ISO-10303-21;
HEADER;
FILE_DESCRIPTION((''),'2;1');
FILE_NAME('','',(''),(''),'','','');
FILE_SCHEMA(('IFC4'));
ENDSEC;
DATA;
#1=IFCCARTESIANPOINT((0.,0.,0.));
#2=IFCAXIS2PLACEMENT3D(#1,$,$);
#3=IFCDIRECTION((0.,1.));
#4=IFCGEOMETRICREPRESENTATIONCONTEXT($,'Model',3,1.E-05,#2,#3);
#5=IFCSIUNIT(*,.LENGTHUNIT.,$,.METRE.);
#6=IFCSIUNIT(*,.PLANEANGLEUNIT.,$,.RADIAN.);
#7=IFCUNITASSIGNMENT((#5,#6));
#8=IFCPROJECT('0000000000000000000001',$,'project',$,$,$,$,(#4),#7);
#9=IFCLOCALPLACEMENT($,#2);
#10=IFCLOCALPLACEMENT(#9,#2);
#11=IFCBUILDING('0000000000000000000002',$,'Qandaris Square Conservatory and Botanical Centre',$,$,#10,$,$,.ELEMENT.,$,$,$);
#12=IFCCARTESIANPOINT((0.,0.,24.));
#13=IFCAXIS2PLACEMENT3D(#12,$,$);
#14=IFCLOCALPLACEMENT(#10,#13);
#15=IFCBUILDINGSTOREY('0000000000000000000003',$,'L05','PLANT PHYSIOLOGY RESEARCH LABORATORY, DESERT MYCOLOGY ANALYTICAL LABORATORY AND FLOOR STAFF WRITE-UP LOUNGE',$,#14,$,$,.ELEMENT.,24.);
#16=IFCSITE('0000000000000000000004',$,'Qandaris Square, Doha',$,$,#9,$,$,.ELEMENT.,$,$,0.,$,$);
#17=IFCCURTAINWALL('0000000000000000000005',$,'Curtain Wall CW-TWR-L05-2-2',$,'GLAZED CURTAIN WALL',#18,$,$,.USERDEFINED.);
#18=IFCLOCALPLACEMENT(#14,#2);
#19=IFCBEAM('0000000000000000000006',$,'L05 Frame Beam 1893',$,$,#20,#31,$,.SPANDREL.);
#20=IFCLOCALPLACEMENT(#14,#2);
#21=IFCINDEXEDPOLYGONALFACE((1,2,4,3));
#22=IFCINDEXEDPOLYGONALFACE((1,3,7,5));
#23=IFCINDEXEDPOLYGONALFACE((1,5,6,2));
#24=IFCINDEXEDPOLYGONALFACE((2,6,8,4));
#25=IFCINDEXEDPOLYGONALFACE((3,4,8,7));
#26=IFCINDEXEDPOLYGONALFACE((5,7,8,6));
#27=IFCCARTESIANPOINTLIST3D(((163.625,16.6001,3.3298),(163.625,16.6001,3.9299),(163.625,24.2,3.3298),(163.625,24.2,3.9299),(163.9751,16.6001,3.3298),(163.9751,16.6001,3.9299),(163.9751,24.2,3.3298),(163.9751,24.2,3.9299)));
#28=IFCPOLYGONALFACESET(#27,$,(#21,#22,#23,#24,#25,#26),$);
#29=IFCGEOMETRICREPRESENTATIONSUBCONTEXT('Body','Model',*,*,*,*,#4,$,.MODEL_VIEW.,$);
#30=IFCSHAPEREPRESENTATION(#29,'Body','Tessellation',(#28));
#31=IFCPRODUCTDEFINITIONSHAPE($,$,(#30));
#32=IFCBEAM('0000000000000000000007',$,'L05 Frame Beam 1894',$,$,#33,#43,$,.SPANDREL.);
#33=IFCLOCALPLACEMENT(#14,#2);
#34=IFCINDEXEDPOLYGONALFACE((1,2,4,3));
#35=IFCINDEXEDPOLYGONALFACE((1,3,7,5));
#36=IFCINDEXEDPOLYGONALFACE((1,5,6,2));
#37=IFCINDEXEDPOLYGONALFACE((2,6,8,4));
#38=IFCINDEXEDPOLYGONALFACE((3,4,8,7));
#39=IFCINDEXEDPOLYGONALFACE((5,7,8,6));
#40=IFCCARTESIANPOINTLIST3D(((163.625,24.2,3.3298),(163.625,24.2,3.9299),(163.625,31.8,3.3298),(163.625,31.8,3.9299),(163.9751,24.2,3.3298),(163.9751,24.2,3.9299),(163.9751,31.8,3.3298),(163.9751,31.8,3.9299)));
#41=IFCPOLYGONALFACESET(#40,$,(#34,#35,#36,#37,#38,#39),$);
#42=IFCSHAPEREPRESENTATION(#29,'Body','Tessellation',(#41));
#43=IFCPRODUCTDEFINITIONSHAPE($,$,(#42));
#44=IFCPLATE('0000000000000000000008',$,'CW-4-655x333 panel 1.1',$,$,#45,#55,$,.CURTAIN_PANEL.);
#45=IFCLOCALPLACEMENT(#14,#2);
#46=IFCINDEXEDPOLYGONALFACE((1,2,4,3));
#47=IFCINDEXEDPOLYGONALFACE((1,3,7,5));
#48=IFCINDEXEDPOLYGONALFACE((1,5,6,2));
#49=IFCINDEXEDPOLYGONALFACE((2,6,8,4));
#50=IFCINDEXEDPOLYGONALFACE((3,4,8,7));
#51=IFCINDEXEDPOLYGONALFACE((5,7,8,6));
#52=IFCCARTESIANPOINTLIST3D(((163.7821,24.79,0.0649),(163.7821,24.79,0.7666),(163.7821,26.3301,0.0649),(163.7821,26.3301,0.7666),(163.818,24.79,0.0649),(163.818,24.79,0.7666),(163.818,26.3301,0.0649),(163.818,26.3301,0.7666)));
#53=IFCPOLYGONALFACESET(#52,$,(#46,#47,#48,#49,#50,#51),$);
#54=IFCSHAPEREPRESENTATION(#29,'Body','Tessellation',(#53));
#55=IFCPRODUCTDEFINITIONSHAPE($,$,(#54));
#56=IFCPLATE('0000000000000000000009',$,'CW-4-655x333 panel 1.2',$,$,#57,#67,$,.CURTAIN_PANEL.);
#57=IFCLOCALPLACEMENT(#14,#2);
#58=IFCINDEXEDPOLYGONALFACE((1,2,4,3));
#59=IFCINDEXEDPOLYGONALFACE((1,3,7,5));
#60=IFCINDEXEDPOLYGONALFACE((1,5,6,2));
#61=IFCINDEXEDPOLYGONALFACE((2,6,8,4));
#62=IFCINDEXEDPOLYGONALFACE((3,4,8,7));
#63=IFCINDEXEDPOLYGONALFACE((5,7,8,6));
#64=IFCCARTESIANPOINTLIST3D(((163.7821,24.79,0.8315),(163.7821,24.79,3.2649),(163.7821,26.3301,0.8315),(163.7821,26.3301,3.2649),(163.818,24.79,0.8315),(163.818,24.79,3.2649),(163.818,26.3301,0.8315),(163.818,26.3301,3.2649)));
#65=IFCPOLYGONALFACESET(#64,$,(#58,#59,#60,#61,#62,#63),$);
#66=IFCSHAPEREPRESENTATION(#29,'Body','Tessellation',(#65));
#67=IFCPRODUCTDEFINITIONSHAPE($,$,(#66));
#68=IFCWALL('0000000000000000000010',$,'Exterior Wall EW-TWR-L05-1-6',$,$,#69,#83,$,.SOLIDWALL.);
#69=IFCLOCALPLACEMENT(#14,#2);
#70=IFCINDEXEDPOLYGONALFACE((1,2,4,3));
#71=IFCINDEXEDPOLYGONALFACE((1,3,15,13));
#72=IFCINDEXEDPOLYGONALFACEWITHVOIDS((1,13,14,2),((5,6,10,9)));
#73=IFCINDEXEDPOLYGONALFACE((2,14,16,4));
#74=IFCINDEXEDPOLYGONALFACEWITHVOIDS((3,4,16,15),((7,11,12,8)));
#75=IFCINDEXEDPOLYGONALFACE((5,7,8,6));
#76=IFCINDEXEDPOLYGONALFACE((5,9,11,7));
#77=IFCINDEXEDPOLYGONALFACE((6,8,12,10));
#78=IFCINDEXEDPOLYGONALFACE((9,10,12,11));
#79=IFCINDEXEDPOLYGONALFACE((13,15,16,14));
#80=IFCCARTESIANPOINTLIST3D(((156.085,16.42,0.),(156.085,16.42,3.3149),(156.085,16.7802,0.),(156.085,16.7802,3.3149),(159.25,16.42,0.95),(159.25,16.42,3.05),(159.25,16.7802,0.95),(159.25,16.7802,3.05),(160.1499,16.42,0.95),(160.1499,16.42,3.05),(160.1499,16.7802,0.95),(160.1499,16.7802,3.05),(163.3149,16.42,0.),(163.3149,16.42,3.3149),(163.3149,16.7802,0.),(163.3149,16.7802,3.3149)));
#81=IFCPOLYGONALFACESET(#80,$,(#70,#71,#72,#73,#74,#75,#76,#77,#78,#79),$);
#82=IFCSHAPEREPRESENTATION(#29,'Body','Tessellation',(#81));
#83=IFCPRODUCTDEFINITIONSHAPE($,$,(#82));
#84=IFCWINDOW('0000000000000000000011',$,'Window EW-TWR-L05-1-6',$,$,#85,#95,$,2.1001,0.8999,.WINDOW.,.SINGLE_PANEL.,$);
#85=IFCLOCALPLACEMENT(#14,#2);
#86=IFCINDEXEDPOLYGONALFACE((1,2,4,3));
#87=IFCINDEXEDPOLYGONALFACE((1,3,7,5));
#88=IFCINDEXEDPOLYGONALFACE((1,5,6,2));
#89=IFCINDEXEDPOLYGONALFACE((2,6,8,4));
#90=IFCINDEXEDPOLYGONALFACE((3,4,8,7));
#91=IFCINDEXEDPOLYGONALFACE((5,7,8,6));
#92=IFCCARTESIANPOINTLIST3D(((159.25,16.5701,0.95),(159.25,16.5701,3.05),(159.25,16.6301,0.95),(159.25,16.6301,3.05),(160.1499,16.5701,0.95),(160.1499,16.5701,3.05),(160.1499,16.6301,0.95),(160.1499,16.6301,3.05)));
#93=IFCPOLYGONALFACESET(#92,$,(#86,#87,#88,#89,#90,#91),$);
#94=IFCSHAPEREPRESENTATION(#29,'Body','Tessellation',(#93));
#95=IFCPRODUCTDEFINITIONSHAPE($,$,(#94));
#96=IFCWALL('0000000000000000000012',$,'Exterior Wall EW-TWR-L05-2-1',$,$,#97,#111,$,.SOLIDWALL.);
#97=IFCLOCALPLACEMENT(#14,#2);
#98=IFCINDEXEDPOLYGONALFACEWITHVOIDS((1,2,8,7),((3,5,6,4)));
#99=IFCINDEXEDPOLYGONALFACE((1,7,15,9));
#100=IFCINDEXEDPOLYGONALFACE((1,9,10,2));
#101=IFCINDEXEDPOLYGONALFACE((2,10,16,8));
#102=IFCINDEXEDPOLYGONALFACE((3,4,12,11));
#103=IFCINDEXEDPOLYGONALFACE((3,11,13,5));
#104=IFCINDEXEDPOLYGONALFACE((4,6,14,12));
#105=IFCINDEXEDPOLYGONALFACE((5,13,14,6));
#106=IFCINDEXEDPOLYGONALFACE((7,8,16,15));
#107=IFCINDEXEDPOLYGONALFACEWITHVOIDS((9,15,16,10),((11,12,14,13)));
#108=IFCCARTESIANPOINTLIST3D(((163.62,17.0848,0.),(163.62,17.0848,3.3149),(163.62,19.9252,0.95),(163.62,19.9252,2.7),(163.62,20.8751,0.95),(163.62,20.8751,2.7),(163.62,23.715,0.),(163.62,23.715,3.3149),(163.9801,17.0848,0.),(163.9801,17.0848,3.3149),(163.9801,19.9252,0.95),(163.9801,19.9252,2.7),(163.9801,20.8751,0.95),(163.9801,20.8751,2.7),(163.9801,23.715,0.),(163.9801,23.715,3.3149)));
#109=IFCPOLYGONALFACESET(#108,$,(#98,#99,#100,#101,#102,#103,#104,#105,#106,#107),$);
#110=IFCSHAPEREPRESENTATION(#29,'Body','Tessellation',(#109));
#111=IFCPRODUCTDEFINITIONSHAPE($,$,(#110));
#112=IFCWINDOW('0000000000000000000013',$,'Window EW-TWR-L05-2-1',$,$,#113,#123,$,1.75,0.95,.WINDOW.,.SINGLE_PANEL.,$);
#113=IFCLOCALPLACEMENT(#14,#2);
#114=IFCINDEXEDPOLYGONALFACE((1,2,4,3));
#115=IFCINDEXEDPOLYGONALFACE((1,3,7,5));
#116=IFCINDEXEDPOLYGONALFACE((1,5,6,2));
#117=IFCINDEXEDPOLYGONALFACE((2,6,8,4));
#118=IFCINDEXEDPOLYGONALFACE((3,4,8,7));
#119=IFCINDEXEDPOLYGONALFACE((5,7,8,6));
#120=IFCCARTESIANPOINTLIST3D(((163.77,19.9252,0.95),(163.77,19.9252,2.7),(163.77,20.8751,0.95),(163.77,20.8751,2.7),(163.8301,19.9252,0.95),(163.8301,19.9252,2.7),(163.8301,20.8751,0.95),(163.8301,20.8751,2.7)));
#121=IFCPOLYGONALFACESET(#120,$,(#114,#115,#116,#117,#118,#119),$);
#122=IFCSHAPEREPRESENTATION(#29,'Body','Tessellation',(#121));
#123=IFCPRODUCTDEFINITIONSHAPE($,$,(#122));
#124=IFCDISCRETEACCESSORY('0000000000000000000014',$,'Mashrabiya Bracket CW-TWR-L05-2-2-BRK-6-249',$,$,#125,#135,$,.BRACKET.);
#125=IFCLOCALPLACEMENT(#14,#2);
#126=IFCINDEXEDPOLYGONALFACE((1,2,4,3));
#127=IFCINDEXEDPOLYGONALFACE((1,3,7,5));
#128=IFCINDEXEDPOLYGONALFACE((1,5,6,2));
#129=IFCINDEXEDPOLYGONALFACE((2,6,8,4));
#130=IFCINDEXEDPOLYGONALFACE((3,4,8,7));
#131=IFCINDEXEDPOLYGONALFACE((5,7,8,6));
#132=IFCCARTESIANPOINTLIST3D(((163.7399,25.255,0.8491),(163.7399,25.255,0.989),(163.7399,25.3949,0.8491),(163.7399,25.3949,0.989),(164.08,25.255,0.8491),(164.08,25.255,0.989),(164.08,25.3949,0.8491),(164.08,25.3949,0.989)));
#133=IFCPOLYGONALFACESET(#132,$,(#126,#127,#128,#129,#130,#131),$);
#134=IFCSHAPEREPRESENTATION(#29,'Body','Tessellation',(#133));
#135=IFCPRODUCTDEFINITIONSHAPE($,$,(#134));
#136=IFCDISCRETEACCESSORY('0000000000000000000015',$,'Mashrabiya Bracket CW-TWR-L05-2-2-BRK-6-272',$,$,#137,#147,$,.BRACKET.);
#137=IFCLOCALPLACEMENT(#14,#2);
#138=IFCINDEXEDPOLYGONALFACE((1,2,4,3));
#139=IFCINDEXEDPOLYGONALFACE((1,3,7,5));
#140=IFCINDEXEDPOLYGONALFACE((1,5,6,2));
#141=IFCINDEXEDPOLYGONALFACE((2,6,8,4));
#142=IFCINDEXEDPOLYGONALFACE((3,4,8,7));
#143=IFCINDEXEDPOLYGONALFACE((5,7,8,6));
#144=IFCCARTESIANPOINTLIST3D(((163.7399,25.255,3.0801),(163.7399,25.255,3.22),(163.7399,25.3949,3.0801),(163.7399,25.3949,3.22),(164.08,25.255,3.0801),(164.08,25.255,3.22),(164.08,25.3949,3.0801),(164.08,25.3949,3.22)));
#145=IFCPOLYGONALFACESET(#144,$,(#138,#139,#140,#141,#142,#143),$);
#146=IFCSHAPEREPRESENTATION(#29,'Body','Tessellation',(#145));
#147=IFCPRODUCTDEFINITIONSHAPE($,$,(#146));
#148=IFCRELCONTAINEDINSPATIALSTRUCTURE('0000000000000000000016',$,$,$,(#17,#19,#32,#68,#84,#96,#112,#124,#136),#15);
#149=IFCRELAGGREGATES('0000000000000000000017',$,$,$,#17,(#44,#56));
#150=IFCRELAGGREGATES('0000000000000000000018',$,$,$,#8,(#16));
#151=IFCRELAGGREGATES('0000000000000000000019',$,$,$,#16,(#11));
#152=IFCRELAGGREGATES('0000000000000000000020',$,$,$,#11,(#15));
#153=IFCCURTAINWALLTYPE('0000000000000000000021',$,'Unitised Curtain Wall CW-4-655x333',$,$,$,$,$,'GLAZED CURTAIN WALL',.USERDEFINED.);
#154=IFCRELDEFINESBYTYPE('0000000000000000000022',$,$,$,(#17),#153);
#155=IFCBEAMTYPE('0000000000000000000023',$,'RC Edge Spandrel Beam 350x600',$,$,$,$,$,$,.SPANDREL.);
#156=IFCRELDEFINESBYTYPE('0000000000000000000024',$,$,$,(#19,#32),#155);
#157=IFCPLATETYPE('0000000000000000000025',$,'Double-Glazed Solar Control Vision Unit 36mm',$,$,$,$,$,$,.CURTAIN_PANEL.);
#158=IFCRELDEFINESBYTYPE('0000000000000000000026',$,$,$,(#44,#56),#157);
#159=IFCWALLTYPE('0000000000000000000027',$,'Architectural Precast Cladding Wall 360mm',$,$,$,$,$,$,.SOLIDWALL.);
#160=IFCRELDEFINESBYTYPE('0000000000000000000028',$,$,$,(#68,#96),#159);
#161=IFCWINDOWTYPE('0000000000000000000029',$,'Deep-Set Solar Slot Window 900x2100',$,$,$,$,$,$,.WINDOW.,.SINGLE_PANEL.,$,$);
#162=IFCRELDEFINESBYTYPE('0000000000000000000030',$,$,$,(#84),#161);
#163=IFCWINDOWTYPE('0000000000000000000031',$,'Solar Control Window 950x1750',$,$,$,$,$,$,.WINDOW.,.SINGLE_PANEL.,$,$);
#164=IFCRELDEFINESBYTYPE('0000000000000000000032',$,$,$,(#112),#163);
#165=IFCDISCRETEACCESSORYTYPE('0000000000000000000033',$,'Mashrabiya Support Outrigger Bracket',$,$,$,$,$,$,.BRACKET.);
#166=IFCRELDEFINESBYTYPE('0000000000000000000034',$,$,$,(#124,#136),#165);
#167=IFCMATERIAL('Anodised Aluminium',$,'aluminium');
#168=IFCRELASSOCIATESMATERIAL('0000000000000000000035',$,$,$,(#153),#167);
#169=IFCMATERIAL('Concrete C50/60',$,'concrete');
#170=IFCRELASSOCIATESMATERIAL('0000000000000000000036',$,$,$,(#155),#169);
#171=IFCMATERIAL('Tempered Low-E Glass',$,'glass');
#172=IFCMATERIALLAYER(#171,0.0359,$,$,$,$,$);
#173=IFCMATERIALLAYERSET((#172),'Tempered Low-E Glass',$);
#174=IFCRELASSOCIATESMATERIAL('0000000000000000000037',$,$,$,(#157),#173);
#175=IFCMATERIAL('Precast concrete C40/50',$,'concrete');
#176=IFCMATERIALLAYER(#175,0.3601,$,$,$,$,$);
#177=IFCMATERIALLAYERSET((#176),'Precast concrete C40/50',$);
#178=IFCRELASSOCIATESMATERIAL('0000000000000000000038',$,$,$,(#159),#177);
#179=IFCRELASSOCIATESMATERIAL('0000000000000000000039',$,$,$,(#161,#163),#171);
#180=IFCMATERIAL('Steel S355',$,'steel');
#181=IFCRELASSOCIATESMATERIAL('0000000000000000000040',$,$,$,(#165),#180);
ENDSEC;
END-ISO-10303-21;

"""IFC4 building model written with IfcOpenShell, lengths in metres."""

from ifc_helpers import new_model, si_unit, direction, frame, frame_2d, origin, origin_2d, place, context, subcontext, project, spatial, rectangle, extrude, material, layer, layer_set, material_profile, profile_set, type_object, element, fill, aggregate, save


model = new_model("IFC4")

# Units and contexts
model_context = context("Model", 3, precision=1e-05, world=origin(), true_north=direction((0.0, 1.0)))
body_context = subcontext(model_context, "Body", "Model", "MODEL_VIEW")
ifc_project = project(units=[si_unit("LENGTHUNIT", "METRE"), si_unit("PLANEANGLEUNIT", "RADIAN")], contexts=[model_context])

# Site, building, storey
site_placement = place(None, origin())
site = spatial("IfcSite", under=ifc_project, at=site_placement, Name="Qandaris Square, Doha", CompositionType="ELEMENT", RefElevation=0.0)
building_placement = place(site_placement, origin())
building = spatial("IfcBuilding", under=site, at=building_placement, Name="Qandaris Square Conservatory and Botanical Centre", CompositionType="ELEMENT")
storey_placement = place(building_placement, frame((0.0, 0.0, 24.0)))
storey = spatial("IfcBuildingStorey", under=building, at=storey_placement, Name="L05", Description="PLANT PHYSIOLOGY RESEARCH LABORATORY, DESERT MYCOLOGY ANALYTICAL LABORATORY AND FLOOR STAFF WRITE-UP LOUNGE", CompositionType="ELEMENT", Elevation=24.0)

# Shared definitions
ifc_material_1 = material(Name="Concrete C50/60", Category="concrete")

# Shared definitions
ifc_material_2 = material(Name="Steel S355", Category="steel")

# Curtain wall
ifc_material_3 = material(Name="Anodised Aluminium", Category="aluminium")
curtain_wall_type = type_object("IfcCurtainWallType", Name="Unitised Curtain Wall CW-4-655x333", ElementType="GLAZED CURTAIN WALL", PredefinedType="USERDEFINED", material=ifc_material_3)
curtain_wall_placement = place(storey_placement, origin())
curtain_wall = element("IfcCurtainWall", 1, at=curtain_wall_placement, inside=storey, type_object=curtain_wall_type, Name="Curtain Wall CW-TWR-L05-2-2", ObjectType="GLAZED CURTAIN WALL", PredefinedType="USERDEFINED")

# Beams
ifc_material_profile_1 = material_profile(ifc_material_1, rectangle(XDim=0.3501, YDim=0.6001, at=origin_2d()), Name="RC-SP 350x600")
ifc_profile_set_1 = profile_set([ifc_material_profile_1], Name="Concrete C50/60")
beam_type_1 = type_object("IfcBeamType", Name="RC Edge Spandrel Beam 350x600", PredefinedType="SPANDREL", material=ifc_profile_set_1)
beam_1_placement = place(storey_placement, frame((163.8, 16.6001, 3.6299), z_axis=(0.0, 1.0, 0.0), x_axis=(-1.0, 0.0, 0.0)))
element("IfcBeam", 2, at=beam_1_placement, inside=storey, type_object=beam_type_1, Name="L05 Frame Beam 1893", PredefinedType="SPANDREL", context=body_context, shape_type="SweptSolid", body=[
    extrude(rectangle(XDim=0.3501, YDim=0.6001, at=origin_2d()), origin(), (0.0, 0.0, 1.0), 7.5999),
])
beam_2_placement = place(storey_placement, frame((163.8, 24.2, 3.6299), z_axis=(0.0, 1.0, 0.0), x_axis=(-1.0, 0.0, 0.0)))
element("IfcBeam", 3, at=beam_2_placement, inside=storey, type_object=beam_type_1, Name="L05 Frame Beam 1894", PredefinedType="SPANDREL", context=body_context, shape_type="SweptSolid", body=[
    extrude(rectangle(XDim=0.3501, YDim=0.6001, at=origin_2d()), origin(), (0.0, 0.0, 1.0), 7.6001),
])

# Plates
ifc_material_4 = material(Name="Tempered Low-E Glass", Category="glass")
ifc_layer_1 = layer(ifc_material_4, 0.0359)
ifc_layer_set_1 = layer_set([ifc_layer_1], Name="Tempered Low-E Glass")
plate_type = type_object("IfcPlateType", Name="Double-Glazed Solar Control Vision Unit 36mm", PredefinedType="CURTAIN_PANEL", material=ifc_layer_set_1)
plate_1_placement = place(storey_placement, frame((163.8, 25.5601, 0.0649), z_axis=(0.0, 0.0, 1.0), x_axis=(0.0, 1.0, 0.0)))
plate_1 = element("IfcPlate", 4, at=plate_1_placement, type_object=plate_type, Name="CW-4-655x333 panel 1.1", PredefinedType="CURTAIN_PANEL", context=body_context, shape_type="SweptSolid", body=[
    extrude(rectangle(XDim=1.54, YDim=0.0359, at=origin_2d()), origin(), (0.0, 0.0, 1.0), 0.7017),
])
plate_2_placement = place(storey_placement, frame((163.8, 25.5601, 0.8315), z_axis=(0.0, 0.0, 1.0), x_axis=(0.0, 1.0, 0.0)))
plate_2 = element("IfcPlate", 5, at=plate_2_placement, type_object=plate_type, Name="CW-4-655x333 panel 1.2", PredefinedType="CURTAIN_PANEL", context=body_context, shape_type="SweptSolid", body=[
    extrude(rectangle(XDim=1.54, YDim=0.0359, at=origin_2d()), origin(), (0.0, 0.0, 1.0), 2.4333),
])
aggregate(curtain_wall, [plate_1, plate_2])

# Walls, openings, windows
ifc_material_5 = material(Name="Precast concrete C40/50", Category="concrete")
ifc_layer_2 = layer(ifc_material_5, 0.3601)
ifc_layer_set_2 = layer_set([ifc_layer_2], Name="Precast concrete C40/50")
wall_type = type_object("IfcWallType", Name="Architectural Precast Cladding Wall 360mm", PredefinedType="SOLIDWALL", material=ifc_layer_set_2)
wall_1_placement = place(storey_placement, frame((156.085, 16.6001, 0.0), z_axis=(0.0, 0.0, 1.0), x_axis=(1.0, 0.0, 0.0)))
wall_1 = element("IfcWall", 6, at=wall_1_placement, inside=storey, type_object=wall_type, Name="Exterior Wall EW-TWR-L05-1-6", PredefinedType="SOLIDWALL", context=body_context, shape_type="SweptSolid", body=[
    extrude(rectangle(XDim=7.23, YDim=0.3601, at=frame_2d((3.615, 0.0))), origin(), (0.0, 0.0, 1.0), 3.3149),
])
opening_1_placement = place(wall_1_placement, frame((3.165, 0.0, 0.95)))
opening_1 = element("IfcOpeningElement", 7, at=opening_1_placement, cuts=wall_1, PredefinedType="OPENING", context=body_context, shape_type="SweptSolid", body=[
    extrude(rectangle(XDim=0.8999, YDim=2.1001, at=frame_2d((0.45, 1.05))), frame((0.0, 0.1919, 0.0), z_axis=(0.0, -1.0, 0.0), x_axis=(1.0, 0.0, 0.0)), (0.0, 0.0, 1.0), 0.384),
])
window_type_1 = type_object("IfcWindowType", Name="Deep-Set Solar Slot Window 900x2100", PartitioningType="SINGLE_PANEL", PredefinedType="WINDOW", material=ifc_material_4)
window_1_placement = place(opening_1_placement, origin())
window_1 = element("IfcWindow", 8, at=window_1_placement, inside=storey, type_object=window_type_1, Name="Window EW-TWR-L05-1-6", OverallHeight=2.1001, OverallWidth=0.8999, PartitioningType="SINGLE_PANEL", PredefinedType="WINDOW", context=body_context, shape_type="SweptSolid", body=[
    extrude(rectangle(XDim=0.8999, YDim=2.1001, at=frame_2d((0.45, 1.05))), frame((0.0, 0.03, 0.0), z_axis=(0.0, -1.0, 0.0), x_axis=(1.0, 0.0, 0.0)), (0.0, 0.0, 1.0), 0.0601),
])
fill(opening_1, window_1)
wall_2_placement = place(storey_placement, frame((163.8, 17.085, 0.0), z_axis=(0.0, 0.0, 1.0), x_axis=(0.0, 1.0, 0.0)))
wall_2 = element("IfcWall", 9, at=wall_2_placement, inside=storey, type_object=wall_type, Name="Exterior Wall EW-TWR-L05-2-1", PredefinedType="SOLIDWALL", context=body_context, shape_type="SweptSolid", body=[
    extrude(rectangle(XDim=6.6301, YDim=0.3601, at=frame_2d((3.3149, 0.0))), origin(), (0.0, 0.0, 1.0), 3.3149),
])
opening_2_placement = place(wall_2_placement, frame((2.8401, 0.0, 0.95)))
opening_2 = element("IfcOpeningElement", 10, at=opening_2_placement, cuts=wall_2, PredefinedType="OPENING", context=body_context, shape_type="SweptSolid", body=[
    extrude(rectangle(XDim=0.95, YDim=1.75, at=frame_2d((0.4751, 0.875))), frame((0.0, 0.1919, 0.0), z_axis=(0.0, -1.0, 0.0), x_axis=(1.0, 0.0, 0.0)), (0.0, 0.0, 1.0), 0.384),
])
window_type_2 = type_object("IfcWindowType", Name="Solar Control Window 950x1750", PartitioningType="SINGLE_PANEL", PredefinedType="WINDOW", material=ifc_material_4)
window_2_placement = place(opening_2_placement, origin())
window_2 = element("IfcWindow", 11, at=window_2_placement, inside=storey, type_object=window_type_2, Name="Window EW-TWR-L05-2-1", OverallHeight=1.75, OverallWidth=0.95, PartitioningType="SINGLE_PANEL", PredefinedType="WINDOW", context=body_context, shape_type="SweptSolid", body=[
    extrude(rectangle(XDim=0.95, YDim=1.75, at=frame_2d((0.4751, 0.875))), frame((0.0, 0.03, 0.0), z_axis=(0.0, -1.0, 0.0), x_axis=(1.0, 0.0, 0.0)), (0.0, 0.0, 1.0), 0.0601),
])
fill(opening_2, window_2)

# Discrete accessories
discrete_accessory_type = type_object("IfcDiscreteAccessoryType", Name="Mashrabiya Support Outrigger Bracket", PredefinedType="BRACKET", material=ifc_material_2)
for number, where, z_axis, x_axis, name in (
    (12, (163.9099, 25.325, 0.8491), (0.0, 0.0, 1.0), (0.0, 1.0, 0.0), "Mashrabiya Bracket CW-TWR-L05-2-2-BRK-6-249"),
    (13, (163.9099, 25.325, 3.0801), (0.0, 0.0, 1.0), (0.0, 1.0, 0.0), "Mashrabiya Bracket CW-TWR-L05-2-2-BRK-6-272"),
):
    element("IfcDiscreteAccessory", number, at=place(storey_placement, frame(where, z_axis=z_axis, x_axis=x_axis)), inside=storey, type_object=discrete_accessory_type, Name=name, PredefinedType="BRACKET", context=body_context, shape_type="SweptSolid", body=[
        extrude(rectangle(XDim=0.1399, YDim=0.3401, at=origin_2d()), origin(), (0.0, 0.0, 1.0), 0.1399),
    ])

save(model, "model.ifc")
